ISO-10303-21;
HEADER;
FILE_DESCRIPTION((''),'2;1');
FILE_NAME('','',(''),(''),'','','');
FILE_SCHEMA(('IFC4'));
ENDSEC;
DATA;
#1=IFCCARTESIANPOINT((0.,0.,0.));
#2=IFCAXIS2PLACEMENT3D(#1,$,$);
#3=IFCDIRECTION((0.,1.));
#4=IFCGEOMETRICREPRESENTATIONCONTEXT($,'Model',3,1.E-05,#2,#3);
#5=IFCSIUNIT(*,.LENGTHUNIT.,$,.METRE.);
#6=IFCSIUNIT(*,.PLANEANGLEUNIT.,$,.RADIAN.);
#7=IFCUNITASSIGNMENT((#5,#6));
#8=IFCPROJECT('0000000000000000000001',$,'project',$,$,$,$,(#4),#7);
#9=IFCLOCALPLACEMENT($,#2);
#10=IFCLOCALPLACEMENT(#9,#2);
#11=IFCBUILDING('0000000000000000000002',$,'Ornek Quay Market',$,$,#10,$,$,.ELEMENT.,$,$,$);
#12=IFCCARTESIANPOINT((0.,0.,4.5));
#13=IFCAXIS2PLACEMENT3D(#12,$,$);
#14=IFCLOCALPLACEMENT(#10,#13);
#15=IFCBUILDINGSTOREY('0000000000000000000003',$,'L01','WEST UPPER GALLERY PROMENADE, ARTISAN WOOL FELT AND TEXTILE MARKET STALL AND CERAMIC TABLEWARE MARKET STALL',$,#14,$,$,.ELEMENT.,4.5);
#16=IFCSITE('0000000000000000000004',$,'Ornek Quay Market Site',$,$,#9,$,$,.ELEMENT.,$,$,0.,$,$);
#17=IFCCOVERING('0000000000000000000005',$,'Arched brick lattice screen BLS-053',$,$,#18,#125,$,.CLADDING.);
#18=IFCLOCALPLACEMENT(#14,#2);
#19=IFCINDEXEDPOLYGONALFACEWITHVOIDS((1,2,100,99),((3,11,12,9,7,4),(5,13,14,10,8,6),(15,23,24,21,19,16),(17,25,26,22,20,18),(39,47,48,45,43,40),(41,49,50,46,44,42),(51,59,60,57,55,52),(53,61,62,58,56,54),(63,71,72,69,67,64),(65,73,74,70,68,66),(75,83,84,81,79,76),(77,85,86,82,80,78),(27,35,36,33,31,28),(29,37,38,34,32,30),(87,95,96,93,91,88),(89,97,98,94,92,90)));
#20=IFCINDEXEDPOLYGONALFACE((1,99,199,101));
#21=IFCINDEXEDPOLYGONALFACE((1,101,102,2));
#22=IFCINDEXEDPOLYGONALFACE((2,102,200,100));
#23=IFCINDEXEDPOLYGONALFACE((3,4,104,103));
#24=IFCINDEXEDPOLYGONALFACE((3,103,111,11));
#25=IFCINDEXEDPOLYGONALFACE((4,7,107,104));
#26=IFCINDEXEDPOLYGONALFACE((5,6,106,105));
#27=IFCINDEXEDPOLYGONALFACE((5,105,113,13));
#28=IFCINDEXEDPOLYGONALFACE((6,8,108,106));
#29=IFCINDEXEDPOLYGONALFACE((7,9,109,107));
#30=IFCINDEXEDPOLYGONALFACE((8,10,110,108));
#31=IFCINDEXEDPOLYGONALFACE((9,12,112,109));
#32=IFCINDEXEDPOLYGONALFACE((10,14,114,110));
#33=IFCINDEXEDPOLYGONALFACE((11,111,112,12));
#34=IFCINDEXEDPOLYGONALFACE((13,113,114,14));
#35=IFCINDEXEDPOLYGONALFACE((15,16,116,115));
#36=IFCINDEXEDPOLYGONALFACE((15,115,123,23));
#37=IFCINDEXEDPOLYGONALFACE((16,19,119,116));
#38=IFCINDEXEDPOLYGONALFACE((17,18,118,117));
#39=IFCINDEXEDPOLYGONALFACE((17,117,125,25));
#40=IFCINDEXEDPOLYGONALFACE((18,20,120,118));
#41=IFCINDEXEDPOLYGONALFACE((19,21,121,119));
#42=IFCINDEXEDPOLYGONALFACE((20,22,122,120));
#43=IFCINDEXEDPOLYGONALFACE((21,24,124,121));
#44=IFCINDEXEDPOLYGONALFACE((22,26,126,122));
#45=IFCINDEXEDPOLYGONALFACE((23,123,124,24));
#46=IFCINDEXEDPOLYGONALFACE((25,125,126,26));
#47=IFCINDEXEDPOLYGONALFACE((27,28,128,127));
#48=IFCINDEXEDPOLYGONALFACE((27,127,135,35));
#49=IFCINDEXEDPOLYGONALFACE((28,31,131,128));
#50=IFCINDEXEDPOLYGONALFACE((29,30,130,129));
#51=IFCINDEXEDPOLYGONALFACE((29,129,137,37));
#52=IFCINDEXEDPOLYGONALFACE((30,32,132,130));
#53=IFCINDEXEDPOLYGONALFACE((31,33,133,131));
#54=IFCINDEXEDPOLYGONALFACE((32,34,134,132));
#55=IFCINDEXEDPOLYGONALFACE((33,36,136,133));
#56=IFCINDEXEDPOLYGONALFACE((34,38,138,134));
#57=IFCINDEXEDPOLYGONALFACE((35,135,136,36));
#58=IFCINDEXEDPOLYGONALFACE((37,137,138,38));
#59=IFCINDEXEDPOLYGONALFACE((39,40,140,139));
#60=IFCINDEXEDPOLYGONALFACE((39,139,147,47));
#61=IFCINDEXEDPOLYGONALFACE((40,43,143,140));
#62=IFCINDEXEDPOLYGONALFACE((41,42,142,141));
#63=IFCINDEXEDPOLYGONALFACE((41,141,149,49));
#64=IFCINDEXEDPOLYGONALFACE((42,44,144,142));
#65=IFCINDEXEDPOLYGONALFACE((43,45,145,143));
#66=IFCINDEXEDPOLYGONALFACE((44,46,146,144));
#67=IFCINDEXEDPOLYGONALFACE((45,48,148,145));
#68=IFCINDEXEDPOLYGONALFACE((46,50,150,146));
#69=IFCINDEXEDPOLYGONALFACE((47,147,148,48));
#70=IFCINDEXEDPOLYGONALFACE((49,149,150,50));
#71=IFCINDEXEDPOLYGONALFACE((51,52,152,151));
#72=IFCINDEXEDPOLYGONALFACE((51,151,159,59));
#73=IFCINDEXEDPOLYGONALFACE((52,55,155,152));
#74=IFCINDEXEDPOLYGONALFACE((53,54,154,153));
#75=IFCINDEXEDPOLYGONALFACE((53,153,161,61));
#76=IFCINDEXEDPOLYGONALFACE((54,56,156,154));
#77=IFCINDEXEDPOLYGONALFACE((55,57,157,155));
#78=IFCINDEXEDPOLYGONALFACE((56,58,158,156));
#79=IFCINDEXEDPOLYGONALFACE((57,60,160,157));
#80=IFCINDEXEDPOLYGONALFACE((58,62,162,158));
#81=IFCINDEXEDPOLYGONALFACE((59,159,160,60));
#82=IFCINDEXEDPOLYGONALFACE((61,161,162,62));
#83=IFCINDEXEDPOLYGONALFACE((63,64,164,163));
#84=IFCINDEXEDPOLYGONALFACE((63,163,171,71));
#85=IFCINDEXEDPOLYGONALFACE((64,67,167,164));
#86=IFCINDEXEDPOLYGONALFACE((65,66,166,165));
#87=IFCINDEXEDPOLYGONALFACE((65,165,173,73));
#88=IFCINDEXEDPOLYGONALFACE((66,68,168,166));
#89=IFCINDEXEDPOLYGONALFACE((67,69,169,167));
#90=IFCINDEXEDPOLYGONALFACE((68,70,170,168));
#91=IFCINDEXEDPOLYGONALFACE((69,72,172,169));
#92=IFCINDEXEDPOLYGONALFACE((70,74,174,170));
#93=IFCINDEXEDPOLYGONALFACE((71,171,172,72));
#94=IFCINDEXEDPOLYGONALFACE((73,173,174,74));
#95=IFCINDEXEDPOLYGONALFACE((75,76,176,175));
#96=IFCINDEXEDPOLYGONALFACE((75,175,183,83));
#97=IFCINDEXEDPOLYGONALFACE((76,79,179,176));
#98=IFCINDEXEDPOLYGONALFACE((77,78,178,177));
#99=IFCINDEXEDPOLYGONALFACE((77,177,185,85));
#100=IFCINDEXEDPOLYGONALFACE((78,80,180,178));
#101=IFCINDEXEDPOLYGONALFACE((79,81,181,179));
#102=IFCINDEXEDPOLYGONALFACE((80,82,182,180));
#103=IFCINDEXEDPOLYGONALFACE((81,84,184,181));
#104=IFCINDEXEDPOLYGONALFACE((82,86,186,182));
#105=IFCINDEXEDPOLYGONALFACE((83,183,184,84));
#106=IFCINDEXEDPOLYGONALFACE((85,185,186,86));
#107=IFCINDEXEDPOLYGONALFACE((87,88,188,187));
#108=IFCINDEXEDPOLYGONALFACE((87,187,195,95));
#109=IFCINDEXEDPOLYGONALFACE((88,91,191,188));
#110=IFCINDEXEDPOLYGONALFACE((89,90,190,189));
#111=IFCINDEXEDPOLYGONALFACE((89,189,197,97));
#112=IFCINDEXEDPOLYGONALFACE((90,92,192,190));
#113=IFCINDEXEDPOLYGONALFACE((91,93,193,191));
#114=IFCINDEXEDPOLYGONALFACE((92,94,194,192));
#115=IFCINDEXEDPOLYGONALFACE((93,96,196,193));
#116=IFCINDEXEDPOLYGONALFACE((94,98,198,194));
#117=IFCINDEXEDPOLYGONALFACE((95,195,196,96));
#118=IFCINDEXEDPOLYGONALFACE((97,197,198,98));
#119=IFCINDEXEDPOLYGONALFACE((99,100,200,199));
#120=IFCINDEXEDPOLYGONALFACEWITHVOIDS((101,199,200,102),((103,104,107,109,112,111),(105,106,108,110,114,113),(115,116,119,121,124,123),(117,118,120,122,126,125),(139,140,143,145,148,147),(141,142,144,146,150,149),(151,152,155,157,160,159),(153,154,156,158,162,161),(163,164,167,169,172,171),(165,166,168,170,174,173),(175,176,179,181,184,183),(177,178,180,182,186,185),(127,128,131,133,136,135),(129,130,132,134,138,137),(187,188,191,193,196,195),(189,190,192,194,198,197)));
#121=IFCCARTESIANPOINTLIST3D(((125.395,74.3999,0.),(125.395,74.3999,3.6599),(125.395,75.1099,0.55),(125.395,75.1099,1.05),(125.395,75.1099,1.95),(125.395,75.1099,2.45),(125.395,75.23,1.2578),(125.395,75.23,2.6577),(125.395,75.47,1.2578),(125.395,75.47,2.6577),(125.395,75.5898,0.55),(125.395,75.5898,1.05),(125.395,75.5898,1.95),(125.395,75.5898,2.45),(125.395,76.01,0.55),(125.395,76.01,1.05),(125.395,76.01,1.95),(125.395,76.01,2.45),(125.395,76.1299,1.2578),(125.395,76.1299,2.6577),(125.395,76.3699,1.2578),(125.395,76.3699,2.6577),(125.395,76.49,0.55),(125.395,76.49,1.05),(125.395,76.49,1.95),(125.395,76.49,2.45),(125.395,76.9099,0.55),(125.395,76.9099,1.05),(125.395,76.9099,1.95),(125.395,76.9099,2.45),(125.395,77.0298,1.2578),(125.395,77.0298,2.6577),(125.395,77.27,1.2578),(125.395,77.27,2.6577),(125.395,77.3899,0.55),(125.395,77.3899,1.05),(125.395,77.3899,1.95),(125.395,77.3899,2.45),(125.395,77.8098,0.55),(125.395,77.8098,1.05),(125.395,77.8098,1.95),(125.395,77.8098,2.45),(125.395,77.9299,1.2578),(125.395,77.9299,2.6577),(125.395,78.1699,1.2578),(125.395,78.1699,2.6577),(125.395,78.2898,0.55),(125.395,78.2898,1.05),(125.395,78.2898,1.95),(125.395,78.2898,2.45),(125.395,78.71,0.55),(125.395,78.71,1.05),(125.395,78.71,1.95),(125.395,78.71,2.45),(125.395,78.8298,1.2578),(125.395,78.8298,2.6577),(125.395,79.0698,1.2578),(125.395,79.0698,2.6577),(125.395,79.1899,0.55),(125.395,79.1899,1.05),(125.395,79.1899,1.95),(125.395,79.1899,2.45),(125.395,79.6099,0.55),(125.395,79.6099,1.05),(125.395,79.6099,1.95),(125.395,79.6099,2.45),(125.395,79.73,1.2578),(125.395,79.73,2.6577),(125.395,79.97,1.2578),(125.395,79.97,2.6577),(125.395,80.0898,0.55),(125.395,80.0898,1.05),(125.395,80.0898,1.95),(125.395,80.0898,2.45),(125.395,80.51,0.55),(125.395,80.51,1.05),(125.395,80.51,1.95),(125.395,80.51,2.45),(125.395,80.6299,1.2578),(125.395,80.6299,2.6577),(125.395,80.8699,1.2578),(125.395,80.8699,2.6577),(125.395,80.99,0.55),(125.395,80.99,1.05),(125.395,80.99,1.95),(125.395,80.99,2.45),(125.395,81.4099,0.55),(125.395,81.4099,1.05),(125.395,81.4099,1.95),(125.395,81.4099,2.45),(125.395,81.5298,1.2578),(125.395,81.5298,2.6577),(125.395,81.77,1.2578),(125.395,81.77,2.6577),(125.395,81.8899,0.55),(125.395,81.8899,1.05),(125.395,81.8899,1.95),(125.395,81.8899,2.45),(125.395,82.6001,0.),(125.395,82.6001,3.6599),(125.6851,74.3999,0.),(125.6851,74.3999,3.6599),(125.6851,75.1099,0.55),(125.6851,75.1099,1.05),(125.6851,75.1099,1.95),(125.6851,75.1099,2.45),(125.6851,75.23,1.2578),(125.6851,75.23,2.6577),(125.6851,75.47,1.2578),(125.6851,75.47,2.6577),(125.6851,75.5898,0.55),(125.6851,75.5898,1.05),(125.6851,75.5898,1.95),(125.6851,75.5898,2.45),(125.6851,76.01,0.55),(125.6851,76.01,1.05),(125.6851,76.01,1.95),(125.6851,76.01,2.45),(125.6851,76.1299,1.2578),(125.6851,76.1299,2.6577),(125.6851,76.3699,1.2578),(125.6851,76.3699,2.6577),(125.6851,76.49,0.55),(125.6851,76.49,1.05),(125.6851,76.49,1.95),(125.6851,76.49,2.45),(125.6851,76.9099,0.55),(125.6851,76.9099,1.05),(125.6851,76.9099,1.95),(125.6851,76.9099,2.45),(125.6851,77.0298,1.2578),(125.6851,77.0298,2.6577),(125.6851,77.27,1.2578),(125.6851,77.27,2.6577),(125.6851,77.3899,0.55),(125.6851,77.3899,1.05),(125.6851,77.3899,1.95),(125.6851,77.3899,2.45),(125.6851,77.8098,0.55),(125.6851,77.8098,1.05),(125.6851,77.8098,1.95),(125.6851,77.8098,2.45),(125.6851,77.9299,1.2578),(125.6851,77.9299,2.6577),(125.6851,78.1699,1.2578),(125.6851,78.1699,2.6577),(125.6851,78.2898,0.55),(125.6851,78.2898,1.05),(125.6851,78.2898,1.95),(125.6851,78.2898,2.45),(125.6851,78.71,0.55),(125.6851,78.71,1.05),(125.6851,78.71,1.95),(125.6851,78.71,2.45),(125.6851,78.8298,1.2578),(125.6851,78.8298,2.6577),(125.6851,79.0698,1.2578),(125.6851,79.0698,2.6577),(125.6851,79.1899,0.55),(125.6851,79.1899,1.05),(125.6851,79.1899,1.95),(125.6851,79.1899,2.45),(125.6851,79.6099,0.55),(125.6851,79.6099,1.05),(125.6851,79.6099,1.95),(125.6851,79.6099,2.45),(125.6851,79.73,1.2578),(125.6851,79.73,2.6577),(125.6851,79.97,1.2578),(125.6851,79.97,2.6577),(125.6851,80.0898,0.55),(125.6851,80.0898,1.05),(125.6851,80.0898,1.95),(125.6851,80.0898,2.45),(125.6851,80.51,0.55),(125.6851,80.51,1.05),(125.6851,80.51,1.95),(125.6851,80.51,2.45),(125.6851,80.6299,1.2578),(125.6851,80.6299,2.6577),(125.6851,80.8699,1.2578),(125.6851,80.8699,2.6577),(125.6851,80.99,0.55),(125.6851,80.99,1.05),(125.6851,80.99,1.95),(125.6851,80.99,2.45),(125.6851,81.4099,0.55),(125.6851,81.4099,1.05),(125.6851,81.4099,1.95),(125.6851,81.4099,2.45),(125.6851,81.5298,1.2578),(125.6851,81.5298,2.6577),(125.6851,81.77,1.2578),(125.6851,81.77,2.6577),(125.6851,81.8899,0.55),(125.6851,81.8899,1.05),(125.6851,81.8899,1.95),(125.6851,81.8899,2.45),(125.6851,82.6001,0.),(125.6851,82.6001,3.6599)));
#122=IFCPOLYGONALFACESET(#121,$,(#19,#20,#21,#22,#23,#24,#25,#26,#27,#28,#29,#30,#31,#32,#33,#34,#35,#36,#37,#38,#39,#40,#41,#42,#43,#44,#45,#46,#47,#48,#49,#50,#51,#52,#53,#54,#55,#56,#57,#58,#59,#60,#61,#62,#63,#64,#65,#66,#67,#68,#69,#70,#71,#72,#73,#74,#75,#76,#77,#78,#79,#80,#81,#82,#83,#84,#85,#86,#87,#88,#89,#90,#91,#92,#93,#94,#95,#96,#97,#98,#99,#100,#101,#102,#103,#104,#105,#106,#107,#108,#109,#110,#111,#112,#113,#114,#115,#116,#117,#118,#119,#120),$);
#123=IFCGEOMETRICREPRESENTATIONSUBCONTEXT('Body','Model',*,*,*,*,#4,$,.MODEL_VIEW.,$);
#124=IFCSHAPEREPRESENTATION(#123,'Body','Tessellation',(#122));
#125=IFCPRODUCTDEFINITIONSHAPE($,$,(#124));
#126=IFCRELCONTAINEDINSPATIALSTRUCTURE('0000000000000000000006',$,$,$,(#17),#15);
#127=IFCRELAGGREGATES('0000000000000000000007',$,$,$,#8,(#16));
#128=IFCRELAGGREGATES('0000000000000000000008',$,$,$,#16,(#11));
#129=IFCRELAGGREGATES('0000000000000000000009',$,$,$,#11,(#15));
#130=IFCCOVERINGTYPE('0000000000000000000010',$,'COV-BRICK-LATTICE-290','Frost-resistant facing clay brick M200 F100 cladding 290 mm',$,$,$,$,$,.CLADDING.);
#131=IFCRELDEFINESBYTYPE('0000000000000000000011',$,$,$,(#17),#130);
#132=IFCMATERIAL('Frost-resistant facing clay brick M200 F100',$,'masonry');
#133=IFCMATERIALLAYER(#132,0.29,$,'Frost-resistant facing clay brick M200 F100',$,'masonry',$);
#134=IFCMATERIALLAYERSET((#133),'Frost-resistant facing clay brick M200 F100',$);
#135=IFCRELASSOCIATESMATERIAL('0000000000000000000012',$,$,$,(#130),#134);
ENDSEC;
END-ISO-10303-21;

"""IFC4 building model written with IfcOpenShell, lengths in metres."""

from ifc_helpers import new_model, si_unit, direction, frame, origin, place, context, subcontext, project, spatial, polyline, outline, extrude, material, layer, layer_set, type_object, element, save


model = new_model("IFC4")

# Units and contexts
model_context = context("Model", 3, precision=1e-05, world=origin(), true_north=direction((0.0, 1.0)))
body_context = subcontext(model_context, "Body", "Model", "MODEL_VIEW")
ifc_project = project(units=[si_unit("LENGTHUNIT", "METRE"), si_unit("PLANEANGLEUNIT", "RADIAN")], contexts=[model_context])

# Site, building, storey
site_placement = place(None, origin())
site = spatial("IfcSite", under=ifc_project, at=site_placement, Name="Ornek Quay Market Site", CompositionType="ELEMENT", RefElevation=0.0)
building_placement = place(site_placement, origin())
building = spatial("IfcBuilding", under=site, at=building_placement, Name="Ornek Quay Market", CompositionType="ELEMENT")
storey_placement = place(building_placement, frame((0.0, 0.0, 4.5)))
storey = spatial("IfcBuildingStorey", under=building, at=storey_placement, Name="L01", Description="WEST UPPER GALLERY PROMENADE, ARTISAN WOOL FELT AND TEXTILE MARKET STALL AND CERAMIC TABLEWARE MARKET STALL", CompositionType="ELEMENT", Elevation=4.5)

# Shared definitions
ifc_material_1 = material(Name="Frost-resistant facing clay brick M200 F100", Category="masonry")

# Covering
ifc_layer_1 = layer(ifc_material_1, 0.29, Name="Frost-resistant facing clay brick M200 F100", Category="masonry")
ifc_layer_set_1 = layer_set([ifc_layer_1], Name="Frost-resistant facing clay brick M200 F100")
covering_type = type_object("IfcCoveringType", Name="COV-BRICK-LATTICE-290", Description="Frost-resistant facing clay brick M200 F100 cladding 290 mm", PredefinedType="CLADDING", material=ifc_layer_set_1)
covering_1_placement = place(storey_placement, frame((125.54, 74.3999, 0.0), z_axis=(0.0, 0.0, 1.0), x_axis=(0.0, 1.0, 0.0)))
element("IfcCovering", 1, at=covering_1_placement, inside=storey, type_object=covering_type, Name="Arched brick lattice screen BLS-053", PredefinedType="CLADDING", context=body_context, shape_type="SweptSolid", body=[
    extrude(outline(polyline([(0.0, 0.0), (8.2002, 0.0), (8.2002, 3.6599), (0.0, 3.6599), (0.0, 0.0)]), holes=[polyline([(0.71, 0.55), (1.1899, 0.55), (1.1899, 1.05), (1.0701, 1.2578), (0.8301, 1.2578), (0.71, 1.05), (0.71, 0.55)]), polyline([(0.71, 1.95), (1.1899, 1.95), (1.1899, 2.45), (1.0701, 2.6577), (0.8301, 2.6577), (0.71, 2.45), (0.71, 1.95)]), polyline([(1.6101, 0.55), (2.0901, 0.55), (2.0901, 1.05), (1.97, 1.2578), (1.73, 1.2578), (1.6101, 1.05), (1.6101, 0.55)]), polyline([(1.6101, 1.95), (2.0901, 1.95), (2.0901, 2.45), (1.97, 2.6577), (1.73, 2.6577), (1.6101, 2.45), (1.6101, 1.95)]), polyline([(2.51, 0.55), (2.99, 0.55), (2.99, 1.05), (2.8701, 1.2578), (2.6299, 1.2578), (2.51, 1.05), (2.51, 0.55)]), polyline([(2.51, 1.95), (2.99, 1.95), (2.99, 2.45), (2.8701, 2.6577), (2.6299, 2.6577), (2.51, 2.45), (2.51, 1.95)]), polyline([(3.4099, 0.55), (3.8899, 0.55), (3.8899, 1.05), (3.77, 1.2578), (3.53, 1.2578), (3.4099, 1.05), (3.4099, 0.55)]), polyline([(3.4099, 1.95), (3.8899, 1.95), (3.8899, 2.45), (3.77, 2.6577), (3.53, 2.6577), (3.4099, 2.45), (3.4099, 1.95)]), polyline([(4.3101, 0.55), (4.79, 0.55), (4.79, 1.05), (4.6699, 1.2578), (4.4299, 1.2578), (4.3101, 1.05), (4.3101, 0.55)]), polyline([(4.3101, 1.95), (4.79, 1.95), (4.79, 2.45), (4.6699, 2.6577), (4.4299, 2.6577), (4.3101, 2.45), (4.3101, 1.95)]), polyline([(5.21, 0.55), (5.6899, 0.55), (5.6899, 1.05), (5.5701, 1.2578), (5.3301, 1.2578), (5.21, 1.05), (5.21, 0.55)]), polyline([(5.21, 1.95), (5.6899, 1.95), (5.6899, 2.45), (5.5701, 2.6577), (5.3301, 2.6577), (5.21, 2.45), (5.21, 1.95)]), polyline([(6.1101, 0.55), (6.5901, 0.55), (6.5901, 1.05), (6.47, 1.2578), (6.23, 1.2578), (6.1101, 1.05), (6.1101, 0.55)]), polyline([(6.1101, 1.95), (6.5901, 1.95), (6.5901, 2.45), (6.47, 2.6577), (6.23, 2.6577), (6.1101, 2.45), (6.1101, 1.95)]), polyline([(7.01, 0.55), (7.49, 0.55), (7.49, 1.05), (7.3701, 1.2578), (7.1299, 1.2578), (7.01, 1.05), (7.01, 0.55)]), polyline([(7.01, 1.95), (7.49, 1.95), (7.49, 2.45), (7.3701, 2.6577), (7.1299, 2.6577), (7.01, 2.45), (7.01, 1.95)])]), frame((0.0, 0.145, 0.0), z_axis=(0.0, -1.0, 0.0), x_axis=(1.0, 0.0, 0.0)), (0.0, 0.0, 1.0), 0.29),
])

save(model, "model.ifc")
